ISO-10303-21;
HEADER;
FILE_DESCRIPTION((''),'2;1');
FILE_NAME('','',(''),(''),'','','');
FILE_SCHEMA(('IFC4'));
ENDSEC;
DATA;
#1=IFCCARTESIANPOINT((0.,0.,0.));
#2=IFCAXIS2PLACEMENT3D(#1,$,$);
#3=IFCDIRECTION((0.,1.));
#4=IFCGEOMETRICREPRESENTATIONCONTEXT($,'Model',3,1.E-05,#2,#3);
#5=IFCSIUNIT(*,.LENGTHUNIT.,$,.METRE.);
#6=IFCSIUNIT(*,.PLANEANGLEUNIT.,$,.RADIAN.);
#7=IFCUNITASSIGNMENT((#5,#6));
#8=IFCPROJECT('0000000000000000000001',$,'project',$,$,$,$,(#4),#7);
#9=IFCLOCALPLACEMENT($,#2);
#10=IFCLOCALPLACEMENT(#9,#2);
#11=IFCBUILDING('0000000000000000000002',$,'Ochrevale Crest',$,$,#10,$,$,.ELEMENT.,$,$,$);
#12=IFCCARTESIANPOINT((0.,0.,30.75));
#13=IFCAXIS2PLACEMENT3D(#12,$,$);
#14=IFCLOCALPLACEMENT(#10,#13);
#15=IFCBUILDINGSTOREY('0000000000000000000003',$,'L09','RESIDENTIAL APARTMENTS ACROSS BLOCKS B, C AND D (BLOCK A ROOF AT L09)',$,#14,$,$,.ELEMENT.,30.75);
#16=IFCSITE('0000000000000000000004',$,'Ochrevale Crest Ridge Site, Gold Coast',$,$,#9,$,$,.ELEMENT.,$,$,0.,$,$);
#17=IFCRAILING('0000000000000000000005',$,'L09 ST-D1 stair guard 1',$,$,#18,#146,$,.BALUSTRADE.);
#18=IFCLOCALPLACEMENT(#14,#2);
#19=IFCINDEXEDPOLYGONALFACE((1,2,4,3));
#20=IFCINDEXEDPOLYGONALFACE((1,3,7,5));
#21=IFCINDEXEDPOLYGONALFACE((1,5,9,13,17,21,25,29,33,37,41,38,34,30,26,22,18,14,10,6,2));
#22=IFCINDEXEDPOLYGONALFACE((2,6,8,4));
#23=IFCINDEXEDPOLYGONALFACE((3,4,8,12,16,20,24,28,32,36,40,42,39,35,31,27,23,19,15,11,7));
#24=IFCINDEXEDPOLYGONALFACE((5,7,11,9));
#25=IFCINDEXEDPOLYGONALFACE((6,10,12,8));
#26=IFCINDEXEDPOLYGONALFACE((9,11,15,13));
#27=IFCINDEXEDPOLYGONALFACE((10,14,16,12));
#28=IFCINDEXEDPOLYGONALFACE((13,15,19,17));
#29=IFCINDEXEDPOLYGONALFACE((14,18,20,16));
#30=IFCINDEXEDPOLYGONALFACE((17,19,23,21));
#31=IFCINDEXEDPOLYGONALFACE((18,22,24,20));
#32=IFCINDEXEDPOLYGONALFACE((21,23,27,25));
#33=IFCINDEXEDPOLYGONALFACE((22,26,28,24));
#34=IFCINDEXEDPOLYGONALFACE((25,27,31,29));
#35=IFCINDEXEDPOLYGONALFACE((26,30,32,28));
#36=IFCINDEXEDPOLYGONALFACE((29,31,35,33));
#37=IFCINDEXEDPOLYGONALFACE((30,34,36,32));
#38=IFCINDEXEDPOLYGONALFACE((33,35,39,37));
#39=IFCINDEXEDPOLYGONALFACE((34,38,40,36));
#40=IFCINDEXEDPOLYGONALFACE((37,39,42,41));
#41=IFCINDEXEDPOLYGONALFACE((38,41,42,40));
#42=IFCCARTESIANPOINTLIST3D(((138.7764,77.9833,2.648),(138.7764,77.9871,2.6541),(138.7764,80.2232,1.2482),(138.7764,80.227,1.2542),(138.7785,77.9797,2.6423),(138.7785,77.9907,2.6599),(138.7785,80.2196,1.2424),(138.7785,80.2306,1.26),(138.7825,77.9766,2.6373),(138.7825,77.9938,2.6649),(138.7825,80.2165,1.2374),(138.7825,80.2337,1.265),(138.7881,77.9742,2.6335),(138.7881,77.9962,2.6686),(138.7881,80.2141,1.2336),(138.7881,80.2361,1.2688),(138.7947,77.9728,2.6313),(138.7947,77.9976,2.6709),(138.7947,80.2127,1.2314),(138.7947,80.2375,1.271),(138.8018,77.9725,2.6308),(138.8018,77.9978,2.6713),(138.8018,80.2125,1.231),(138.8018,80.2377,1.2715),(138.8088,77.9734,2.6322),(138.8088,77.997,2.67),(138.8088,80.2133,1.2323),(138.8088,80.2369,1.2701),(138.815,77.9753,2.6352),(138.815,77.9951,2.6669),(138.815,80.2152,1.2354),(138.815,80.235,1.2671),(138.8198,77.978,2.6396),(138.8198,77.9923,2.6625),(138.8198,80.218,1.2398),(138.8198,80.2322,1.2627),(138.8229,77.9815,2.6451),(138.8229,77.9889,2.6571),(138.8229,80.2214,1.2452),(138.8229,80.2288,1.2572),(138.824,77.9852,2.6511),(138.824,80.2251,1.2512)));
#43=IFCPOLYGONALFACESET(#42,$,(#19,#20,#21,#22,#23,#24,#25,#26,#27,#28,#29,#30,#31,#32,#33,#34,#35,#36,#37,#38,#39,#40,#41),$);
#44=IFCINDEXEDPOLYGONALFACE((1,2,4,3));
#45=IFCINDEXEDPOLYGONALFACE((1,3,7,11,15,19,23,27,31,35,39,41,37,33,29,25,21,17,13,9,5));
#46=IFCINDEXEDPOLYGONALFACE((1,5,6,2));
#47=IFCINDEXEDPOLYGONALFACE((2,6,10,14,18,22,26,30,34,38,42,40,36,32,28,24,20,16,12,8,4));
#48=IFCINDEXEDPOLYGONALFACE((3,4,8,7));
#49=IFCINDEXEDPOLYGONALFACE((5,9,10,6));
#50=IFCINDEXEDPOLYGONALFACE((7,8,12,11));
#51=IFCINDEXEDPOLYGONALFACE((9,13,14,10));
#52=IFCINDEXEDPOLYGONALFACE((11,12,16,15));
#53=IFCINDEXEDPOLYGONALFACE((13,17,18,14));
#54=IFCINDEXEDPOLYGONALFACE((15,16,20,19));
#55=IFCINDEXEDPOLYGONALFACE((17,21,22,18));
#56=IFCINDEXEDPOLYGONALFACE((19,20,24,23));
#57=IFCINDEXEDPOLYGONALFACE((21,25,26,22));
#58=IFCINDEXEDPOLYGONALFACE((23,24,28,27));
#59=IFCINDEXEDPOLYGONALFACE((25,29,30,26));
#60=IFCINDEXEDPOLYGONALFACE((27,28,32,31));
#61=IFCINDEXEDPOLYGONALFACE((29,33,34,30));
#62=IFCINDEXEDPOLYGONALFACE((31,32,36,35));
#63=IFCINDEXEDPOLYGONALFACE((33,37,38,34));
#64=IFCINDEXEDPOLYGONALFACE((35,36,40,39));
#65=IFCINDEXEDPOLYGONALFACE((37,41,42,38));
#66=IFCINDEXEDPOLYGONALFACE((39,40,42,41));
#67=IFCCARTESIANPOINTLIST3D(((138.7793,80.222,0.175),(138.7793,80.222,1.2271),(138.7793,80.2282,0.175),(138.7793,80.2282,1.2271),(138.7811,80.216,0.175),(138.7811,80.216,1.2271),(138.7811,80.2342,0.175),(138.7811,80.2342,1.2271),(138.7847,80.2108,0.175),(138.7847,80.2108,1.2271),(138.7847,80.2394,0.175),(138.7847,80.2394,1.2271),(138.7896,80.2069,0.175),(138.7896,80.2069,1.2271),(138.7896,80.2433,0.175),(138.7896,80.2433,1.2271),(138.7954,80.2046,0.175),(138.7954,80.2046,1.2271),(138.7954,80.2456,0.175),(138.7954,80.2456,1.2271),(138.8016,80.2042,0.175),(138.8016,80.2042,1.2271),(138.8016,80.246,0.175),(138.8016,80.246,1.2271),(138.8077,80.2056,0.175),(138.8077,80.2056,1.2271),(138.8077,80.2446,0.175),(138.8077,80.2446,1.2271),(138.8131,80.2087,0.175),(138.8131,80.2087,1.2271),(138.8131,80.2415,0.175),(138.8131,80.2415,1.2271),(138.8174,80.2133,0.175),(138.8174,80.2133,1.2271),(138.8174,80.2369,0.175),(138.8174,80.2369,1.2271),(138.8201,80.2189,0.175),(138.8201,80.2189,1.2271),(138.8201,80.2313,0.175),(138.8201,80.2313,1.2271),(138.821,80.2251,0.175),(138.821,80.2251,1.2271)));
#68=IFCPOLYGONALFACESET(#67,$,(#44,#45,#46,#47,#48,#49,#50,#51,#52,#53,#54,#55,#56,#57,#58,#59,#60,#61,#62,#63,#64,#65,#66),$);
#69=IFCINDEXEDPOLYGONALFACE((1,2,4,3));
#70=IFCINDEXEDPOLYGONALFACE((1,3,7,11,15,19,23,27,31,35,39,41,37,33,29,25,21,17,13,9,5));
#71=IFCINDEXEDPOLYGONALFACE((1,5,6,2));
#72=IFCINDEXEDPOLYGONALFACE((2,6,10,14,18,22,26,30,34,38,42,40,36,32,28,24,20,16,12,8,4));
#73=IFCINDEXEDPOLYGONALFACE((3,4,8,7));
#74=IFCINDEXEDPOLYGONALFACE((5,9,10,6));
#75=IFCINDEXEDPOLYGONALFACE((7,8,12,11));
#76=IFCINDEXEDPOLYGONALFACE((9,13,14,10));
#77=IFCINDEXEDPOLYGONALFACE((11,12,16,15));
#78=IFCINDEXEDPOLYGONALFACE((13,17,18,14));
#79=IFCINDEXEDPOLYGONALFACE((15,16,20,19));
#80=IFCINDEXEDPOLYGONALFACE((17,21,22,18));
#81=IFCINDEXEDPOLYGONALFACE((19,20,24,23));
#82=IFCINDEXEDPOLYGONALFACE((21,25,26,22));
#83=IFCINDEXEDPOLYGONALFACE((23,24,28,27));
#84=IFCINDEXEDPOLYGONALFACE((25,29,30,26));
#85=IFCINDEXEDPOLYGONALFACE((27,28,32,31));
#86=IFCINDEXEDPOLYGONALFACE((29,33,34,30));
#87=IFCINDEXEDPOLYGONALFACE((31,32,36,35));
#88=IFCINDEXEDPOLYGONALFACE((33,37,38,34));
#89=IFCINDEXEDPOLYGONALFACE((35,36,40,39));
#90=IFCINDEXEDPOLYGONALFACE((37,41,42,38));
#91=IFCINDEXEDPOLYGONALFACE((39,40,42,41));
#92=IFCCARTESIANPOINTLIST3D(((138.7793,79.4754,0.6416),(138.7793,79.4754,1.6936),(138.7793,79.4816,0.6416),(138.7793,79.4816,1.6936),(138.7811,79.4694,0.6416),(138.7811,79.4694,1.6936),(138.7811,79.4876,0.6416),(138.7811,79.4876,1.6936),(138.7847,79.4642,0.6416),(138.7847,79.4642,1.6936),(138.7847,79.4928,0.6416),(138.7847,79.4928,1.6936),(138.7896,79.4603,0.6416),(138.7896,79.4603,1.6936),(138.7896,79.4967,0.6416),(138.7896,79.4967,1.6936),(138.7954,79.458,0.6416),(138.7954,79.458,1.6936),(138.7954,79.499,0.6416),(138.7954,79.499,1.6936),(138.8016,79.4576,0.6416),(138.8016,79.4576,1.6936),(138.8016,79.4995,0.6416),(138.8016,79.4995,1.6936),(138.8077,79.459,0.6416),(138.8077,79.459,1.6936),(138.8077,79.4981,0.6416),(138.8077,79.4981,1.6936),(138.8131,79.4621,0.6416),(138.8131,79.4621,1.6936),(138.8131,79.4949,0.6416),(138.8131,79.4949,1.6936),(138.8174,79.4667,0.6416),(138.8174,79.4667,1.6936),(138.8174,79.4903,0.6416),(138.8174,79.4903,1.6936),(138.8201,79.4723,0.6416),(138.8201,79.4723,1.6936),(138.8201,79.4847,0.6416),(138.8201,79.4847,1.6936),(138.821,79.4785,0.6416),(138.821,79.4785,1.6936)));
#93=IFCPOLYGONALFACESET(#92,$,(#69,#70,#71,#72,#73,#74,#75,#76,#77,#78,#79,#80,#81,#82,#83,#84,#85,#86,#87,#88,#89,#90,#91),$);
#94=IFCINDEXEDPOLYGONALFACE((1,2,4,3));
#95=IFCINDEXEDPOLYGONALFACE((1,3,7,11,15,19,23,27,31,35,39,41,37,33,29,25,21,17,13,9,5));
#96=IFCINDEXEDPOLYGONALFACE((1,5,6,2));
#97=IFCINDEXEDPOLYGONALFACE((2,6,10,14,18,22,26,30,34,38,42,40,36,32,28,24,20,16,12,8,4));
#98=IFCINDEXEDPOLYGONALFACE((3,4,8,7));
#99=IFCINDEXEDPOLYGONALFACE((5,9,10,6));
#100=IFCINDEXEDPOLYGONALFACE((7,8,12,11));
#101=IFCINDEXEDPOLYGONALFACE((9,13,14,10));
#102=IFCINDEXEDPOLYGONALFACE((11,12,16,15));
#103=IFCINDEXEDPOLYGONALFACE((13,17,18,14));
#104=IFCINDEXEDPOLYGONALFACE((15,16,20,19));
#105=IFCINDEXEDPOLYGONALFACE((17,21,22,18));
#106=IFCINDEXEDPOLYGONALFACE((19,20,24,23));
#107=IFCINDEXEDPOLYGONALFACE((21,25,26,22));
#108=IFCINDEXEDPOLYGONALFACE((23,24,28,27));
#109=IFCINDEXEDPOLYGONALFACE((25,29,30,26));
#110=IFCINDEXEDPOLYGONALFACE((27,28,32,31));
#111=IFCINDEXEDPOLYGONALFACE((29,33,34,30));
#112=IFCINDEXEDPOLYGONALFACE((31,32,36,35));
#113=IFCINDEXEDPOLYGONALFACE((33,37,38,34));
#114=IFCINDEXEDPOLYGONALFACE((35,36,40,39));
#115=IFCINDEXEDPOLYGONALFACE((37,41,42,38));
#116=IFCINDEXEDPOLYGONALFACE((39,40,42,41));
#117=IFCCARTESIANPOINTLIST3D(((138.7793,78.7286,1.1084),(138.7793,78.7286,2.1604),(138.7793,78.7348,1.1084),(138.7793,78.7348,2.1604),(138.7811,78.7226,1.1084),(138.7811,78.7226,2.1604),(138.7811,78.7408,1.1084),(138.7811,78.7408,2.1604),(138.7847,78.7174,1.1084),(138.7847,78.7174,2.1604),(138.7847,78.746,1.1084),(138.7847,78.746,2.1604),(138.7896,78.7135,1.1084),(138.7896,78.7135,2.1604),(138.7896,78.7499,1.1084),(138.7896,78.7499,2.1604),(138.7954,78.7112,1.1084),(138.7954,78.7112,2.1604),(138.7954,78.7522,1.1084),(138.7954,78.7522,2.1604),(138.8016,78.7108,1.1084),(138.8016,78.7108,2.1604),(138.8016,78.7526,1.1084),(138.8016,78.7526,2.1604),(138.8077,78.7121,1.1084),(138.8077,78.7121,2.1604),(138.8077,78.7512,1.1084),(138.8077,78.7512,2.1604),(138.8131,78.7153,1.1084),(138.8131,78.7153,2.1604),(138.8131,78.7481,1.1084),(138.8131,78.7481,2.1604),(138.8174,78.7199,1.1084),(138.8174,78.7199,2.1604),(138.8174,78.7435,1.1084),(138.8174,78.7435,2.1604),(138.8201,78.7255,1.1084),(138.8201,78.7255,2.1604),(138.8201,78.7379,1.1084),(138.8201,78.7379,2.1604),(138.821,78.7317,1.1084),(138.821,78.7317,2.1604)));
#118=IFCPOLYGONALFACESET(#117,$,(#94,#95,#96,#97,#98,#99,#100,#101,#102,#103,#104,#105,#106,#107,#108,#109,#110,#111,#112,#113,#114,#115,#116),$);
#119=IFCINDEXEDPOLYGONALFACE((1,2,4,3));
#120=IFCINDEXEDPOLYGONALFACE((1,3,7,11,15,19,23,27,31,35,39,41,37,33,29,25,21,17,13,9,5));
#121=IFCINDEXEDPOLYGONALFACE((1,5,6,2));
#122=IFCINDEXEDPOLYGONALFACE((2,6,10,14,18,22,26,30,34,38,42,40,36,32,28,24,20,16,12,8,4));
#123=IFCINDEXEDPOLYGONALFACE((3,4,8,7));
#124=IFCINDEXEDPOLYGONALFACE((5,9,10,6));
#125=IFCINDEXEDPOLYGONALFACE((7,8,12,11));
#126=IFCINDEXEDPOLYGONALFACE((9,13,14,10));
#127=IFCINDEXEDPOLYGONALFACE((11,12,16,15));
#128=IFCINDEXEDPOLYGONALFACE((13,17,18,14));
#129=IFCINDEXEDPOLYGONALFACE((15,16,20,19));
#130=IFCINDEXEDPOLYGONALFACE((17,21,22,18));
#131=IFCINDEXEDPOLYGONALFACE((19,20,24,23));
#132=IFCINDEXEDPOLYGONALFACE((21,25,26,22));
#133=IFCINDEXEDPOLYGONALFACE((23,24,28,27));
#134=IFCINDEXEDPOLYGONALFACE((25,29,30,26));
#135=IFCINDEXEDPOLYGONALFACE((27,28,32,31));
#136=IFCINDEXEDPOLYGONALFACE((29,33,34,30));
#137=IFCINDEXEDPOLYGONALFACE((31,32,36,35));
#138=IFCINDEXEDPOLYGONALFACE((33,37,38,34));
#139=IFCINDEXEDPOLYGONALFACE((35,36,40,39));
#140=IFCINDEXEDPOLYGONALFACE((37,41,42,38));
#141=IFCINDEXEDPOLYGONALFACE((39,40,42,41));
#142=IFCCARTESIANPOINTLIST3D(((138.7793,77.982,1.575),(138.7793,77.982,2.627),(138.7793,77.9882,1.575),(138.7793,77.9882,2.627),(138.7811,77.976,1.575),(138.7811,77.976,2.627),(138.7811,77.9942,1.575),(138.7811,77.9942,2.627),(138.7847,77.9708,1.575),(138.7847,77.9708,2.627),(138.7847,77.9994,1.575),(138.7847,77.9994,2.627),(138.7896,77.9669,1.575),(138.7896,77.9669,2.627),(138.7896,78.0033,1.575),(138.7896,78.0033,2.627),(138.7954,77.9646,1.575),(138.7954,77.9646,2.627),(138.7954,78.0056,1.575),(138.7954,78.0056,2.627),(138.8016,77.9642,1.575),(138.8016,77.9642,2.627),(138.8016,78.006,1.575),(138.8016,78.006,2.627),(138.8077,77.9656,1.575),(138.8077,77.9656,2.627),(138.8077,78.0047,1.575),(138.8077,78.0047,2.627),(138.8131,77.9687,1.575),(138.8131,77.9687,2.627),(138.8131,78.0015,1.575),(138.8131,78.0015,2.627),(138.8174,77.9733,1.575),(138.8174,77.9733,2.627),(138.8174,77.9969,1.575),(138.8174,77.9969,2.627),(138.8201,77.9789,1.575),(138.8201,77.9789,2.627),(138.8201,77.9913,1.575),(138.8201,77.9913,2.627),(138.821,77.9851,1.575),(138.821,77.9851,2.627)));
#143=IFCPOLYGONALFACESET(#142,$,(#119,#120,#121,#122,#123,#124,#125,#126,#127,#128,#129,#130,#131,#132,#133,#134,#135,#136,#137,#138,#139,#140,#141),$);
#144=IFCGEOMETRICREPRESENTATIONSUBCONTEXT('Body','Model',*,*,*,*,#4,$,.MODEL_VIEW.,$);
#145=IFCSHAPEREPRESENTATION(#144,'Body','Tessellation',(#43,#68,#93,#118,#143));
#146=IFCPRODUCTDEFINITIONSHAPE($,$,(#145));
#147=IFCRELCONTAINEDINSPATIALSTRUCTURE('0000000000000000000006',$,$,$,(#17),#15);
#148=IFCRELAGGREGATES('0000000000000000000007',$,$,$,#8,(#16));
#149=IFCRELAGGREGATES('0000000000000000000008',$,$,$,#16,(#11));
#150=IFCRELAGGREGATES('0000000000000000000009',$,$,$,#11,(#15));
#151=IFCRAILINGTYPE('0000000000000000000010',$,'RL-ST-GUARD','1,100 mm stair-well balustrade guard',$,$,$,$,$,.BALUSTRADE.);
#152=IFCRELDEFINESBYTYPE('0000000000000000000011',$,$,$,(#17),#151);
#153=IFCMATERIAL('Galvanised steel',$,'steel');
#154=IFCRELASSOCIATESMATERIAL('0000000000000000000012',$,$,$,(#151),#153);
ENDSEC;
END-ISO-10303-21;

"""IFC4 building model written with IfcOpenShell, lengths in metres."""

from ifc_helpers import new_model, si_unit, direction, frame, origin, origin_2d, place, context, subcontext, project, spatial, circle, extrude, material, type_object, element, save


model = new_model("IFC4")

# Units and contexts
model_context = context("Model", 3, precision=1e-05, world=origin(), true_north=direction((0.0, 1.0)))
body_context = subcontext(model_context, "Body", "Model", "MODEL_VIEW")
ifc_project = project(units=[si_unit("LENGTHUNIT", "METRE"), si_unit("PLANEANGLEUNIT", "RADIAN")], contexts=[model_context])

# Site, building, storey
site_placement = place(None, origin())
site = spatial("IfcSite", under=ifc_project, at=site_placement, Name="Ochrevale Crest Ridge Site, Gold Coast", CompositionType="ELEMENT", RefElevation=0.0)
building_placement = place(site_placement, origin())
building = spatial("IfcBuilding", under=site, at=building_placement, Name="Ochrevale Crest", CompositionType="ELEMENT")
storey_placement = place(building_placement, frame((0.0, 0.0, 30.75)))
storey = spatial("IfcBuildingStorey", under=building, at=storey_placement, Name="L09", Description="RESIDENTIAL APARTMENTS ACROSS BLOCKS B, C AND D (BLOCK A ROOF AT L09)", CompositionType="ELEMENT", Elevation=30.75)

# Railing
ifc_material_1 = material(Name="Galvanised steel", Category="steel")
railing_type = type_object("IfcRailingType", Name="RL-ST-GUARD", Description="1,100 mm stair-well balustrade guard", PredefinedType="BALUSTRADE", material=ifc_material_1)
railing_1_placement = place(storey_placement, frame((138.8, 80.2251, 0.175)))
element("IfcRailing", 1, at=railing_1_placement, inside=storey, type_object=railing_type, Name="L09 ST-D1 stair guard 1", PredefinedType="BALUSTRADE", context=body_context, shape_type="SweptSolid", body=[
    extrude(circle(Radius=0.0239, at=origin_2d()), frame((0.0, 0.0, 1.0762), z_axis=(0.0, -0.848014, 0.529974), x_axis=(1.0, 0.0, 0.0)), (0.0, 0.0, 1.0), 2.6414),
    extrude(circle(Radius=0.021, at=origin_2d()), origin(), (0.0, 0.0, 1.0), 1.052),
    extrude(circle(Radius=0.021, at=origin_2d()), frame((0.0, -0.7466, 0.4666)), (0.0, 0.0, 1.0), 1.052),
    extrude(circle(Radius=0.021, at=origin_2d()), frame((0.0, -1.4934, 0.9333)), (0.0, 0.0, 1.0), 1.052),
    extrude(circle(Radius=0.021, at=origin_2d()), frame((0.0, -2.24, 1.3999)), (0.0, 0.0, 1.0), 1.052),
])

save(model, "model.ifc")
